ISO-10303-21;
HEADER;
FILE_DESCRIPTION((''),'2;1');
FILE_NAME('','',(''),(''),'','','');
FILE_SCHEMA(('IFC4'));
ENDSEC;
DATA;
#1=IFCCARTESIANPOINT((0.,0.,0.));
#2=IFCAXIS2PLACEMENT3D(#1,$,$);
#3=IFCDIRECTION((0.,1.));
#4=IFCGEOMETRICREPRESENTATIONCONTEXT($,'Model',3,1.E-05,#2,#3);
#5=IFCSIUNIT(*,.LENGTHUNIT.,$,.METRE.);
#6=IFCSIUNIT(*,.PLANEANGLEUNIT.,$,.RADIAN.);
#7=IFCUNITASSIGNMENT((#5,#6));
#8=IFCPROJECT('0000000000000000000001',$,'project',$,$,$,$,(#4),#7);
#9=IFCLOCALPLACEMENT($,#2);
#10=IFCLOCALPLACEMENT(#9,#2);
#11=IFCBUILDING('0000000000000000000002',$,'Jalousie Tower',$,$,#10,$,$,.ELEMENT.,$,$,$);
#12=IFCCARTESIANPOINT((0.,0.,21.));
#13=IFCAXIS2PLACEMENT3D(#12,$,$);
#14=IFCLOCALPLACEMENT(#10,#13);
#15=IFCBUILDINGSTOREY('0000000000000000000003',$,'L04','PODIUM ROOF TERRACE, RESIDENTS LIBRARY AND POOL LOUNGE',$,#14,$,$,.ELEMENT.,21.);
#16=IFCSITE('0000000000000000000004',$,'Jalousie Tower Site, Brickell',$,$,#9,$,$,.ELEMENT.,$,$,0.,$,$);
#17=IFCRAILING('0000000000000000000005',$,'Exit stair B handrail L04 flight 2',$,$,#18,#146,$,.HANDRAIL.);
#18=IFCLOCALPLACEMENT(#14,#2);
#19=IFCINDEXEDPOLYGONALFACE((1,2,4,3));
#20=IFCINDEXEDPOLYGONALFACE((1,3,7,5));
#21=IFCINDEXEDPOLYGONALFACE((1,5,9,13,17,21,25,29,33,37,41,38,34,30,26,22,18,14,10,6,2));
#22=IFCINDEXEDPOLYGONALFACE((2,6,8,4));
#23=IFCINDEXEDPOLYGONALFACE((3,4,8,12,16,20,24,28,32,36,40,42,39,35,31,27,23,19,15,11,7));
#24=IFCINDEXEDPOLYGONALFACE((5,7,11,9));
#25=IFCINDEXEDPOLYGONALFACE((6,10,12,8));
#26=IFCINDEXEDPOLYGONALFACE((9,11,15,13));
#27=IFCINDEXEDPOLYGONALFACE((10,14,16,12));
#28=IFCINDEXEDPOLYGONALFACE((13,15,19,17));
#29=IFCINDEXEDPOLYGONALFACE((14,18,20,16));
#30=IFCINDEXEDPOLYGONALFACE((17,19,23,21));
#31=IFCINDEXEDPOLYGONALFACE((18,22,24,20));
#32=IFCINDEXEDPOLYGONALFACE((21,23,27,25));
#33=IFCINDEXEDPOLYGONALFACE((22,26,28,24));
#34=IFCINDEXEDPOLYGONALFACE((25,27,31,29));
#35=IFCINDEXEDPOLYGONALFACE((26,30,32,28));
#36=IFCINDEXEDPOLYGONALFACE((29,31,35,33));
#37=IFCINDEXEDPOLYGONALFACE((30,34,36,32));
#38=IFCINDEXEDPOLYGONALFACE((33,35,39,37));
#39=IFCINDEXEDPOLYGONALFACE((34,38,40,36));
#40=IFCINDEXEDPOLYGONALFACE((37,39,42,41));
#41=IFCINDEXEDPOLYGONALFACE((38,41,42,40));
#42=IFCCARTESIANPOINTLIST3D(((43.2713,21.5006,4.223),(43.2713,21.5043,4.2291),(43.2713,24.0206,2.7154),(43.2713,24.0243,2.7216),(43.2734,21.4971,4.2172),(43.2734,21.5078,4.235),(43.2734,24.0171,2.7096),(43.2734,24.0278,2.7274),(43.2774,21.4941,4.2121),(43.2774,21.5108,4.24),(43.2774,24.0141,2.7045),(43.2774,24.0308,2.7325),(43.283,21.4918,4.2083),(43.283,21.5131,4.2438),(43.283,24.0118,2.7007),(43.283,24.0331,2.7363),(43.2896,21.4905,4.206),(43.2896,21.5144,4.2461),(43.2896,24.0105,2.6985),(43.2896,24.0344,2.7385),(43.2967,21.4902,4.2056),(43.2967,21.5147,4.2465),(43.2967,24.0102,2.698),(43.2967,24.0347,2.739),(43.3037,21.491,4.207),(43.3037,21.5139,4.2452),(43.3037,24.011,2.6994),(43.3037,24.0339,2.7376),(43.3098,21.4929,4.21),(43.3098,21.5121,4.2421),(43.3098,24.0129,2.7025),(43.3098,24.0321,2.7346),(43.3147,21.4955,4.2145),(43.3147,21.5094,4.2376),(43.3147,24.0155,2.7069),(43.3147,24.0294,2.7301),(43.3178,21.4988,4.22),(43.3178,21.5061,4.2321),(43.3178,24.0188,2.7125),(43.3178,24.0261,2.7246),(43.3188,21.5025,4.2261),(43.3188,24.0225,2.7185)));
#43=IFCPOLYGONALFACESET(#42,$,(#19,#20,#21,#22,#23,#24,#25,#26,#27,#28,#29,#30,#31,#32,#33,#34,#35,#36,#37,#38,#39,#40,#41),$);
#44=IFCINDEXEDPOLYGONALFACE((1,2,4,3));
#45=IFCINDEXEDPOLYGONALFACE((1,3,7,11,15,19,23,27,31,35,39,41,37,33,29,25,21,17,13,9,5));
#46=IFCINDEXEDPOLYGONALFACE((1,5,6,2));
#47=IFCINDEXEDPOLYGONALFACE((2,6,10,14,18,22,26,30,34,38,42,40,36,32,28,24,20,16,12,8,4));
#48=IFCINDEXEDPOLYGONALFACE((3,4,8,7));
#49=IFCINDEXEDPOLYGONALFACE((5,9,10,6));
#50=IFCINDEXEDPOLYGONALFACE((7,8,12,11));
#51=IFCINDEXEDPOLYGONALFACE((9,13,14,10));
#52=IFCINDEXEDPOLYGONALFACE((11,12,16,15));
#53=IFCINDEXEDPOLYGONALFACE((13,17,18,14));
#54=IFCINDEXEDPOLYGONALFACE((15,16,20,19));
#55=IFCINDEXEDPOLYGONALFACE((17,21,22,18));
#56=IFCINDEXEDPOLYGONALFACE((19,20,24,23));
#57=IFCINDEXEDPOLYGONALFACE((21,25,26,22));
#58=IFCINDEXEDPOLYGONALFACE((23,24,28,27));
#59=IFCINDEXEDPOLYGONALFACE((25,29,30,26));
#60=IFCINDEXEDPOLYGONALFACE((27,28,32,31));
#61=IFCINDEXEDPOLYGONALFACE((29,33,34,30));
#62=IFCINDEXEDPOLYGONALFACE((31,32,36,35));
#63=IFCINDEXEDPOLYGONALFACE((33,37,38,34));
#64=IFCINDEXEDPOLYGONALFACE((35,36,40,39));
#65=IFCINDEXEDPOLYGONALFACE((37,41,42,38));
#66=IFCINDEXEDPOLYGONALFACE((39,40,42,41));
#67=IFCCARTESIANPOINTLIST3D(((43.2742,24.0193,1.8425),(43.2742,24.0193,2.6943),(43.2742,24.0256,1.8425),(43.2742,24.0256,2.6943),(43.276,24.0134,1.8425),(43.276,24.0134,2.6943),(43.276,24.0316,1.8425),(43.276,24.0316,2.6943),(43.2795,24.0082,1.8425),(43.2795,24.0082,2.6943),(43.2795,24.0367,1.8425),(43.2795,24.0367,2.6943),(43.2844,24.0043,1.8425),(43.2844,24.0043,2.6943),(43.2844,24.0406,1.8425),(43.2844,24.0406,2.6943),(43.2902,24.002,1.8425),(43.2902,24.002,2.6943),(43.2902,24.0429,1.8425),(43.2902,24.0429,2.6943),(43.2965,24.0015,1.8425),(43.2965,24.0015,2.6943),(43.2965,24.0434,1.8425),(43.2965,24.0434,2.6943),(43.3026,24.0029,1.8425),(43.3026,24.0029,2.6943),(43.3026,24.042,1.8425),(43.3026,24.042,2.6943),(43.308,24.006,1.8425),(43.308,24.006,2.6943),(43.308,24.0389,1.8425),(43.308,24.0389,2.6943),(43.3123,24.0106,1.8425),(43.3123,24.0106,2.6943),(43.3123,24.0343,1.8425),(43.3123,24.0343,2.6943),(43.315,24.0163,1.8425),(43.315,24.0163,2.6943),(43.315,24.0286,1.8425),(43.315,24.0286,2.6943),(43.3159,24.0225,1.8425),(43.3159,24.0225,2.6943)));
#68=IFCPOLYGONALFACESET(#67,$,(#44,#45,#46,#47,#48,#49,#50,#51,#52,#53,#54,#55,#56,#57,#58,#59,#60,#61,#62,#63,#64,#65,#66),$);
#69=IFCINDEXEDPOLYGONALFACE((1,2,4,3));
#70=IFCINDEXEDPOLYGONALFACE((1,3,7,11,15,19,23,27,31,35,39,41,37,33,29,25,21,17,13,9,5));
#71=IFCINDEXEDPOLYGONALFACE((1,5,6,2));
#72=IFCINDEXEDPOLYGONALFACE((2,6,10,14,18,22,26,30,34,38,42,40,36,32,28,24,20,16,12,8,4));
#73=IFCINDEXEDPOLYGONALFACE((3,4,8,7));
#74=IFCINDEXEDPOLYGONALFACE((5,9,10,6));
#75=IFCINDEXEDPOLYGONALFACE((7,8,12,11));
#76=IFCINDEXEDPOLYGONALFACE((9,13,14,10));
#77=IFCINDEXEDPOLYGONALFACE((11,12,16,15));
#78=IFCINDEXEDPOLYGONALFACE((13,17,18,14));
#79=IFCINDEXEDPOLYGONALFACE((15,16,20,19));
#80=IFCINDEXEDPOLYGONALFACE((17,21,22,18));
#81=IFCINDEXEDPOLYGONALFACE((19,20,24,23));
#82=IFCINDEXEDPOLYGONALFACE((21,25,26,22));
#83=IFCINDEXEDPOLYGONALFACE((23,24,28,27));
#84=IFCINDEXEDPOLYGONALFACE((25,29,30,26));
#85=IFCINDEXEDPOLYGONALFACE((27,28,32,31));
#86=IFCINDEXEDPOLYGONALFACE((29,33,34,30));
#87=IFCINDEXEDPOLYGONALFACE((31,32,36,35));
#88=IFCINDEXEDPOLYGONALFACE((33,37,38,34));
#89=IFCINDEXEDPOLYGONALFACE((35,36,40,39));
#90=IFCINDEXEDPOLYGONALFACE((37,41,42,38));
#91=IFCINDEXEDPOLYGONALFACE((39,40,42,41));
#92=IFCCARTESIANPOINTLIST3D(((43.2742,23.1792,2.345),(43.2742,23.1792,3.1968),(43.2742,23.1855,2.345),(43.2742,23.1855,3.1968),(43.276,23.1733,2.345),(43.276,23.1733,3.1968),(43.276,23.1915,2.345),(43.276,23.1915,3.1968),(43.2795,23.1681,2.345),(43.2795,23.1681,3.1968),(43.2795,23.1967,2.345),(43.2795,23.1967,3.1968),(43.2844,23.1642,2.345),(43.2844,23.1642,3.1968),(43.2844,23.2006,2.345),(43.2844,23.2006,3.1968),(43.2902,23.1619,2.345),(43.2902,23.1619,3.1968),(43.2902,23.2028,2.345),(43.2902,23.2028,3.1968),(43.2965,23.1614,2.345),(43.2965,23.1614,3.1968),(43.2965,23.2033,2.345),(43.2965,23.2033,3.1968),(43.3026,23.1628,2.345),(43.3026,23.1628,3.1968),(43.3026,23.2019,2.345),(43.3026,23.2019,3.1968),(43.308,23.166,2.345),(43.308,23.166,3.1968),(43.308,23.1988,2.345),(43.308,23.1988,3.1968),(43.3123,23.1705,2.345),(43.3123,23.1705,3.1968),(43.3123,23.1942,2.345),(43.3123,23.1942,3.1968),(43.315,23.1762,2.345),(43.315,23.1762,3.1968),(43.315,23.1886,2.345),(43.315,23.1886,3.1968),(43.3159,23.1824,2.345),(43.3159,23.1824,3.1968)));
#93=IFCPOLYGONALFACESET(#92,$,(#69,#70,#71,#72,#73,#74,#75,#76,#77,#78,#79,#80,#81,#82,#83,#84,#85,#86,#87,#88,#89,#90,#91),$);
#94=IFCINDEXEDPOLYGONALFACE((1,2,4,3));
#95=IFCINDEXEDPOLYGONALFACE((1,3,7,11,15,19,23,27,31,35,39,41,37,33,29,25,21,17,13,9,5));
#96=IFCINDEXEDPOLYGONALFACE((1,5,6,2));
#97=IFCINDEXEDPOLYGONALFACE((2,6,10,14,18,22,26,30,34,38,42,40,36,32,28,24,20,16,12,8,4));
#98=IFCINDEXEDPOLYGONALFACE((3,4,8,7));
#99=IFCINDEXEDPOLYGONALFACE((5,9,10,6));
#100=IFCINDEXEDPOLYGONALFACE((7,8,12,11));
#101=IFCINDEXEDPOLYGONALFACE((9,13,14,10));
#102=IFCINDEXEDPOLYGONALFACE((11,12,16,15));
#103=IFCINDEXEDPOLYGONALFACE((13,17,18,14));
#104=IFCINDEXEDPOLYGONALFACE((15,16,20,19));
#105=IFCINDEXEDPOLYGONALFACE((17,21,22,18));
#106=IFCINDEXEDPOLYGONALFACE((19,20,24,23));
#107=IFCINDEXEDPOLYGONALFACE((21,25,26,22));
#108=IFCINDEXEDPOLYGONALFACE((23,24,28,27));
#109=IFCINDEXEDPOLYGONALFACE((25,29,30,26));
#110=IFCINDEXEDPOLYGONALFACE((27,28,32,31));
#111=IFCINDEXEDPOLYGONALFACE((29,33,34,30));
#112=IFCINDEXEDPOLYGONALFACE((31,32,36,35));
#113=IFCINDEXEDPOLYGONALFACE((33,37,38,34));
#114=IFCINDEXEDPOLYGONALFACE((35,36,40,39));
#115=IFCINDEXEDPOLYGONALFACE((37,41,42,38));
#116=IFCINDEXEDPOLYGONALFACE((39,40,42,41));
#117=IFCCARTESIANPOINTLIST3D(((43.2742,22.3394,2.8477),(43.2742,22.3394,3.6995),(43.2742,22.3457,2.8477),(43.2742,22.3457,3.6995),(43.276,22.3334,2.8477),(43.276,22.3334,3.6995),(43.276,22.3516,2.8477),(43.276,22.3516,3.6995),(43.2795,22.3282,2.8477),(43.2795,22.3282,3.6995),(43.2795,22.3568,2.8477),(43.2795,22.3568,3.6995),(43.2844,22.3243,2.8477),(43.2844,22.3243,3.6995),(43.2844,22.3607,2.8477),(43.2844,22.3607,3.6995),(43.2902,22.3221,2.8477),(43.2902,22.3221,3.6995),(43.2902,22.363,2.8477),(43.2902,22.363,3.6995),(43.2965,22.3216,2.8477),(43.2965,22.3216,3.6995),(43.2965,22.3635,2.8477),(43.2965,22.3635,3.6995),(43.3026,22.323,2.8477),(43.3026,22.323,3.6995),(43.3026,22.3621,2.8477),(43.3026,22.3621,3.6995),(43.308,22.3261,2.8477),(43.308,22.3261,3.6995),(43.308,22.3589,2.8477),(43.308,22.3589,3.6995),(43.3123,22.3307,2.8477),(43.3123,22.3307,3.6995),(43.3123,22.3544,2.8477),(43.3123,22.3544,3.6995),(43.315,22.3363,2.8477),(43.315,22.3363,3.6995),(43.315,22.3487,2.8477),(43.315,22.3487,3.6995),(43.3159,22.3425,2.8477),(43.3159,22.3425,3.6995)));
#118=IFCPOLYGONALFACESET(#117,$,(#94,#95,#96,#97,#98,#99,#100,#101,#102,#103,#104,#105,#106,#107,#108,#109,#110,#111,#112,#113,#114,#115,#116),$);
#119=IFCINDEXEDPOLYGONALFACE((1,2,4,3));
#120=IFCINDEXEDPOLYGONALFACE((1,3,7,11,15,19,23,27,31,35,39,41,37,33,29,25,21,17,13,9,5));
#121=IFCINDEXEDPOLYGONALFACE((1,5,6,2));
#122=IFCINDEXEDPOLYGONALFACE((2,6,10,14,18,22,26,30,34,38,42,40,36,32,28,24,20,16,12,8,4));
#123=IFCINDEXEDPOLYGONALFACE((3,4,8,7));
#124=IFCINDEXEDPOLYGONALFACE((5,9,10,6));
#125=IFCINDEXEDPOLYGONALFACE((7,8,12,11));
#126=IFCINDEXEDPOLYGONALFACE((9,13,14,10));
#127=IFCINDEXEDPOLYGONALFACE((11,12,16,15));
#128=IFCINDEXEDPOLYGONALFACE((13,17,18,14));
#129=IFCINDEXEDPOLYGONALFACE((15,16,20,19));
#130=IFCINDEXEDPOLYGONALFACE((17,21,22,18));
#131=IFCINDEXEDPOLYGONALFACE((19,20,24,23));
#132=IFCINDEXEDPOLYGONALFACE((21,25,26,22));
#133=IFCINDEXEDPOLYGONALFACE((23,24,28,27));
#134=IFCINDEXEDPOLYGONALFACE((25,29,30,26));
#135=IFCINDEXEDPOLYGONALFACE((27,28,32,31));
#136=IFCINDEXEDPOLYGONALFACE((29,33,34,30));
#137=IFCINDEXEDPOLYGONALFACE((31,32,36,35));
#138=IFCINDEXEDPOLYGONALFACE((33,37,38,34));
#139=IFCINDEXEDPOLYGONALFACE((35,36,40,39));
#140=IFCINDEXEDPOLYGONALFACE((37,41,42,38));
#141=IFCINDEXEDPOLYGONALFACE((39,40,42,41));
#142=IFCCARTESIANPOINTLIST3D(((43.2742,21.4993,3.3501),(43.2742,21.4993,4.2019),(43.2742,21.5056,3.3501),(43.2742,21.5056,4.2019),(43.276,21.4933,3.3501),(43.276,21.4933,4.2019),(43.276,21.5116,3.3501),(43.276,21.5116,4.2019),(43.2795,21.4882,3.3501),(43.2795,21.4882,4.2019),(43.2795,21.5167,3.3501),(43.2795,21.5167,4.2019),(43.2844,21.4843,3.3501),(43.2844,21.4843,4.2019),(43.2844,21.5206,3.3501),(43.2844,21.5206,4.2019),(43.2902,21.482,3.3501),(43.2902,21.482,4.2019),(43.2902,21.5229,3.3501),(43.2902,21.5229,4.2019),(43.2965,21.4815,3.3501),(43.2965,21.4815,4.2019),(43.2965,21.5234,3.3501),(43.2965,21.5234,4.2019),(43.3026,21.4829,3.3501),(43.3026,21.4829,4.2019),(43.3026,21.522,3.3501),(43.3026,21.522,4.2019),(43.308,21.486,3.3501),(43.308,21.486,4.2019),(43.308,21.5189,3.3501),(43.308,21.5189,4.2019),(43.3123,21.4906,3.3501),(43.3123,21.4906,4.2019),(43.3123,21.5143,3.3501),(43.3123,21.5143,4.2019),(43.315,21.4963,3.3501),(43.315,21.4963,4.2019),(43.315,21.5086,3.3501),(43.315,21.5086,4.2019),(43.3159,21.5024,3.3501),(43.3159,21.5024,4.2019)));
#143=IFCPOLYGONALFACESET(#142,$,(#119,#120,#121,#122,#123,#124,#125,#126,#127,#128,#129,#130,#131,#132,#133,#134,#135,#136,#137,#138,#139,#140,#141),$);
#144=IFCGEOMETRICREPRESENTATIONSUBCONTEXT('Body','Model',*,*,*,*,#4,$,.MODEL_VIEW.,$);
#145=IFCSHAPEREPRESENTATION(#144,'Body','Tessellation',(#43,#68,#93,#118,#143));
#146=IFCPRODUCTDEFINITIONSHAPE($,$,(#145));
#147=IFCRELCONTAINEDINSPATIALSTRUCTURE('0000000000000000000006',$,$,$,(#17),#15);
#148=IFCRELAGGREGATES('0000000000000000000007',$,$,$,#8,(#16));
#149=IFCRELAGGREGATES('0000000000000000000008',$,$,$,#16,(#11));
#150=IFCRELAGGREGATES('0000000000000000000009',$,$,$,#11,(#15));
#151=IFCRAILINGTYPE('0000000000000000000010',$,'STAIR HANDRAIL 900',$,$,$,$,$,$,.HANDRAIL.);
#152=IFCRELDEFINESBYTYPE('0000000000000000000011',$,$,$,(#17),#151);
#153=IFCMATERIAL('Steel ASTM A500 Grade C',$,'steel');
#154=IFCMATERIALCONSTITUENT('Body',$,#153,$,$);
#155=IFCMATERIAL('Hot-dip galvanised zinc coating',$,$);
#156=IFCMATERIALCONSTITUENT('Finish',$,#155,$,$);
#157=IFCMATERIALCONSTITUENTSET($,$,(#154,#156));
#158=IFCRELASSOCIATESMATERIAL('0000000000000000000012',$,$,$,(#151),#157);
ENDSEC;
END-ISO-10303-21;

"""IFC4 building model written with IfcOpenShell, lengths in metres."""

from ifc_helpers import new_model, si_unit, direction, frame, origin, origin_2d, place, context, subcontext, project, spatial, circle, extrude, material, constituent, constituent_set, type_object, element, save


model = new_model("IFC4")

# Units and contexts
model_context = context("Model", 3, precision=1e-05, world=origin(), true_north=direction((0.0, 1.0)))
body_context = subcontext(model_context, "Body", "Model", "MODEL_VIEW")
ifc_project = project(units=[si_unit("LENGTHUNIT", "METRE"), si_unit("PLANEANGLEUNIT", "RADIAN")], contexts=[model_context])

# Site, building, storey
site_placement = place(None, origin())
site = spatial("IfcSite", under=ifc_project, at=site_placement, Name="Jalousie Tower Site, Brickell", CompositionType="ELEMENT", RefElevation=0.0)
building_placement = place(site_placement, origin())
building = spatial("IfcBuilding", under=site, at=building_placement, Name="Jalousie Tower", CompositionType="ELEMENT")
storey_placement = place(building_placement, frame((0.0, 0.0, 21.0)))
storey = spatial("IfcBuildingStorey", under=building, at=storey_placement, Name="L04", Description="PODIUM ROOF TERRACE, RESIDENTS LIBRARY AND POOL LOUNGE", CompositionType="ELEMENT", Elevation=21.0)

# Railing
ifc_material_1 = material(Name="Steel ASTM A500 Grade C", Category="steel")
ifc_constituent_1 = constituent(ifc_material_1, Name="Body")
ifc_material_2 = material(Name="Hot-dip galvanised zinc coating")
ifc_constituent_2 = constituent(ifc_material_2, Name="Finish")
ifc_constituent_set_1 = constituent_set(constituents=[ifc_constituent_1, ifc_constituent_2])
railing_type_1 = type_object("IfcRailingType", Name="STAIR HANDRAIL 900", PredefinedType="HANDRAIL", material=ifc_constituent_set_1)
railing_1_placement = place(storey_placement, frame((43.2949, 24.0225, 1.8425)))
element("IfcRailing", 1, at=railing_1_placement, inside=storey, type_object=railing_type_1, Name="Exit stair B handrail L04 flight 2", PredefinedType="HANDRAIL", context=body_context, shape_type="SweptSolid", body=[
    extrude(circle(Radius=0.0239, at=origin_2d()), frame((0.0, 0.0, 0.876), z_axis=(0.0, -0.85816, 0.513383), x_axis=(1.0, 0.0, 0.0)), (0.0, 0.0, 1.0), 2.9365),
    extrude(circle(Radius=0.021, at=origin_2d()), origin(), (0.0, 0.0, 1.0), 0.8518),
    extrude(circle(Radius=0.021, at=origin_2d()), frame((0.0, -0.8401, 0.5024)), (0.0, 0.0, 1.0), 0.8518),
    extrude(circle(Radius=0.021, at=origin_2d()), frame((0.0, -1.6799, 1.0051)), (0.0, 0.0, 1.0), 0.8518),
    extrude(circle(Radius=0.021, at=origin_2d()), frame((0.0, -2.52, 1.5076)), (0.0, 0.0, 1.0), 0.8518),
])

save(model, "model.ifc")
